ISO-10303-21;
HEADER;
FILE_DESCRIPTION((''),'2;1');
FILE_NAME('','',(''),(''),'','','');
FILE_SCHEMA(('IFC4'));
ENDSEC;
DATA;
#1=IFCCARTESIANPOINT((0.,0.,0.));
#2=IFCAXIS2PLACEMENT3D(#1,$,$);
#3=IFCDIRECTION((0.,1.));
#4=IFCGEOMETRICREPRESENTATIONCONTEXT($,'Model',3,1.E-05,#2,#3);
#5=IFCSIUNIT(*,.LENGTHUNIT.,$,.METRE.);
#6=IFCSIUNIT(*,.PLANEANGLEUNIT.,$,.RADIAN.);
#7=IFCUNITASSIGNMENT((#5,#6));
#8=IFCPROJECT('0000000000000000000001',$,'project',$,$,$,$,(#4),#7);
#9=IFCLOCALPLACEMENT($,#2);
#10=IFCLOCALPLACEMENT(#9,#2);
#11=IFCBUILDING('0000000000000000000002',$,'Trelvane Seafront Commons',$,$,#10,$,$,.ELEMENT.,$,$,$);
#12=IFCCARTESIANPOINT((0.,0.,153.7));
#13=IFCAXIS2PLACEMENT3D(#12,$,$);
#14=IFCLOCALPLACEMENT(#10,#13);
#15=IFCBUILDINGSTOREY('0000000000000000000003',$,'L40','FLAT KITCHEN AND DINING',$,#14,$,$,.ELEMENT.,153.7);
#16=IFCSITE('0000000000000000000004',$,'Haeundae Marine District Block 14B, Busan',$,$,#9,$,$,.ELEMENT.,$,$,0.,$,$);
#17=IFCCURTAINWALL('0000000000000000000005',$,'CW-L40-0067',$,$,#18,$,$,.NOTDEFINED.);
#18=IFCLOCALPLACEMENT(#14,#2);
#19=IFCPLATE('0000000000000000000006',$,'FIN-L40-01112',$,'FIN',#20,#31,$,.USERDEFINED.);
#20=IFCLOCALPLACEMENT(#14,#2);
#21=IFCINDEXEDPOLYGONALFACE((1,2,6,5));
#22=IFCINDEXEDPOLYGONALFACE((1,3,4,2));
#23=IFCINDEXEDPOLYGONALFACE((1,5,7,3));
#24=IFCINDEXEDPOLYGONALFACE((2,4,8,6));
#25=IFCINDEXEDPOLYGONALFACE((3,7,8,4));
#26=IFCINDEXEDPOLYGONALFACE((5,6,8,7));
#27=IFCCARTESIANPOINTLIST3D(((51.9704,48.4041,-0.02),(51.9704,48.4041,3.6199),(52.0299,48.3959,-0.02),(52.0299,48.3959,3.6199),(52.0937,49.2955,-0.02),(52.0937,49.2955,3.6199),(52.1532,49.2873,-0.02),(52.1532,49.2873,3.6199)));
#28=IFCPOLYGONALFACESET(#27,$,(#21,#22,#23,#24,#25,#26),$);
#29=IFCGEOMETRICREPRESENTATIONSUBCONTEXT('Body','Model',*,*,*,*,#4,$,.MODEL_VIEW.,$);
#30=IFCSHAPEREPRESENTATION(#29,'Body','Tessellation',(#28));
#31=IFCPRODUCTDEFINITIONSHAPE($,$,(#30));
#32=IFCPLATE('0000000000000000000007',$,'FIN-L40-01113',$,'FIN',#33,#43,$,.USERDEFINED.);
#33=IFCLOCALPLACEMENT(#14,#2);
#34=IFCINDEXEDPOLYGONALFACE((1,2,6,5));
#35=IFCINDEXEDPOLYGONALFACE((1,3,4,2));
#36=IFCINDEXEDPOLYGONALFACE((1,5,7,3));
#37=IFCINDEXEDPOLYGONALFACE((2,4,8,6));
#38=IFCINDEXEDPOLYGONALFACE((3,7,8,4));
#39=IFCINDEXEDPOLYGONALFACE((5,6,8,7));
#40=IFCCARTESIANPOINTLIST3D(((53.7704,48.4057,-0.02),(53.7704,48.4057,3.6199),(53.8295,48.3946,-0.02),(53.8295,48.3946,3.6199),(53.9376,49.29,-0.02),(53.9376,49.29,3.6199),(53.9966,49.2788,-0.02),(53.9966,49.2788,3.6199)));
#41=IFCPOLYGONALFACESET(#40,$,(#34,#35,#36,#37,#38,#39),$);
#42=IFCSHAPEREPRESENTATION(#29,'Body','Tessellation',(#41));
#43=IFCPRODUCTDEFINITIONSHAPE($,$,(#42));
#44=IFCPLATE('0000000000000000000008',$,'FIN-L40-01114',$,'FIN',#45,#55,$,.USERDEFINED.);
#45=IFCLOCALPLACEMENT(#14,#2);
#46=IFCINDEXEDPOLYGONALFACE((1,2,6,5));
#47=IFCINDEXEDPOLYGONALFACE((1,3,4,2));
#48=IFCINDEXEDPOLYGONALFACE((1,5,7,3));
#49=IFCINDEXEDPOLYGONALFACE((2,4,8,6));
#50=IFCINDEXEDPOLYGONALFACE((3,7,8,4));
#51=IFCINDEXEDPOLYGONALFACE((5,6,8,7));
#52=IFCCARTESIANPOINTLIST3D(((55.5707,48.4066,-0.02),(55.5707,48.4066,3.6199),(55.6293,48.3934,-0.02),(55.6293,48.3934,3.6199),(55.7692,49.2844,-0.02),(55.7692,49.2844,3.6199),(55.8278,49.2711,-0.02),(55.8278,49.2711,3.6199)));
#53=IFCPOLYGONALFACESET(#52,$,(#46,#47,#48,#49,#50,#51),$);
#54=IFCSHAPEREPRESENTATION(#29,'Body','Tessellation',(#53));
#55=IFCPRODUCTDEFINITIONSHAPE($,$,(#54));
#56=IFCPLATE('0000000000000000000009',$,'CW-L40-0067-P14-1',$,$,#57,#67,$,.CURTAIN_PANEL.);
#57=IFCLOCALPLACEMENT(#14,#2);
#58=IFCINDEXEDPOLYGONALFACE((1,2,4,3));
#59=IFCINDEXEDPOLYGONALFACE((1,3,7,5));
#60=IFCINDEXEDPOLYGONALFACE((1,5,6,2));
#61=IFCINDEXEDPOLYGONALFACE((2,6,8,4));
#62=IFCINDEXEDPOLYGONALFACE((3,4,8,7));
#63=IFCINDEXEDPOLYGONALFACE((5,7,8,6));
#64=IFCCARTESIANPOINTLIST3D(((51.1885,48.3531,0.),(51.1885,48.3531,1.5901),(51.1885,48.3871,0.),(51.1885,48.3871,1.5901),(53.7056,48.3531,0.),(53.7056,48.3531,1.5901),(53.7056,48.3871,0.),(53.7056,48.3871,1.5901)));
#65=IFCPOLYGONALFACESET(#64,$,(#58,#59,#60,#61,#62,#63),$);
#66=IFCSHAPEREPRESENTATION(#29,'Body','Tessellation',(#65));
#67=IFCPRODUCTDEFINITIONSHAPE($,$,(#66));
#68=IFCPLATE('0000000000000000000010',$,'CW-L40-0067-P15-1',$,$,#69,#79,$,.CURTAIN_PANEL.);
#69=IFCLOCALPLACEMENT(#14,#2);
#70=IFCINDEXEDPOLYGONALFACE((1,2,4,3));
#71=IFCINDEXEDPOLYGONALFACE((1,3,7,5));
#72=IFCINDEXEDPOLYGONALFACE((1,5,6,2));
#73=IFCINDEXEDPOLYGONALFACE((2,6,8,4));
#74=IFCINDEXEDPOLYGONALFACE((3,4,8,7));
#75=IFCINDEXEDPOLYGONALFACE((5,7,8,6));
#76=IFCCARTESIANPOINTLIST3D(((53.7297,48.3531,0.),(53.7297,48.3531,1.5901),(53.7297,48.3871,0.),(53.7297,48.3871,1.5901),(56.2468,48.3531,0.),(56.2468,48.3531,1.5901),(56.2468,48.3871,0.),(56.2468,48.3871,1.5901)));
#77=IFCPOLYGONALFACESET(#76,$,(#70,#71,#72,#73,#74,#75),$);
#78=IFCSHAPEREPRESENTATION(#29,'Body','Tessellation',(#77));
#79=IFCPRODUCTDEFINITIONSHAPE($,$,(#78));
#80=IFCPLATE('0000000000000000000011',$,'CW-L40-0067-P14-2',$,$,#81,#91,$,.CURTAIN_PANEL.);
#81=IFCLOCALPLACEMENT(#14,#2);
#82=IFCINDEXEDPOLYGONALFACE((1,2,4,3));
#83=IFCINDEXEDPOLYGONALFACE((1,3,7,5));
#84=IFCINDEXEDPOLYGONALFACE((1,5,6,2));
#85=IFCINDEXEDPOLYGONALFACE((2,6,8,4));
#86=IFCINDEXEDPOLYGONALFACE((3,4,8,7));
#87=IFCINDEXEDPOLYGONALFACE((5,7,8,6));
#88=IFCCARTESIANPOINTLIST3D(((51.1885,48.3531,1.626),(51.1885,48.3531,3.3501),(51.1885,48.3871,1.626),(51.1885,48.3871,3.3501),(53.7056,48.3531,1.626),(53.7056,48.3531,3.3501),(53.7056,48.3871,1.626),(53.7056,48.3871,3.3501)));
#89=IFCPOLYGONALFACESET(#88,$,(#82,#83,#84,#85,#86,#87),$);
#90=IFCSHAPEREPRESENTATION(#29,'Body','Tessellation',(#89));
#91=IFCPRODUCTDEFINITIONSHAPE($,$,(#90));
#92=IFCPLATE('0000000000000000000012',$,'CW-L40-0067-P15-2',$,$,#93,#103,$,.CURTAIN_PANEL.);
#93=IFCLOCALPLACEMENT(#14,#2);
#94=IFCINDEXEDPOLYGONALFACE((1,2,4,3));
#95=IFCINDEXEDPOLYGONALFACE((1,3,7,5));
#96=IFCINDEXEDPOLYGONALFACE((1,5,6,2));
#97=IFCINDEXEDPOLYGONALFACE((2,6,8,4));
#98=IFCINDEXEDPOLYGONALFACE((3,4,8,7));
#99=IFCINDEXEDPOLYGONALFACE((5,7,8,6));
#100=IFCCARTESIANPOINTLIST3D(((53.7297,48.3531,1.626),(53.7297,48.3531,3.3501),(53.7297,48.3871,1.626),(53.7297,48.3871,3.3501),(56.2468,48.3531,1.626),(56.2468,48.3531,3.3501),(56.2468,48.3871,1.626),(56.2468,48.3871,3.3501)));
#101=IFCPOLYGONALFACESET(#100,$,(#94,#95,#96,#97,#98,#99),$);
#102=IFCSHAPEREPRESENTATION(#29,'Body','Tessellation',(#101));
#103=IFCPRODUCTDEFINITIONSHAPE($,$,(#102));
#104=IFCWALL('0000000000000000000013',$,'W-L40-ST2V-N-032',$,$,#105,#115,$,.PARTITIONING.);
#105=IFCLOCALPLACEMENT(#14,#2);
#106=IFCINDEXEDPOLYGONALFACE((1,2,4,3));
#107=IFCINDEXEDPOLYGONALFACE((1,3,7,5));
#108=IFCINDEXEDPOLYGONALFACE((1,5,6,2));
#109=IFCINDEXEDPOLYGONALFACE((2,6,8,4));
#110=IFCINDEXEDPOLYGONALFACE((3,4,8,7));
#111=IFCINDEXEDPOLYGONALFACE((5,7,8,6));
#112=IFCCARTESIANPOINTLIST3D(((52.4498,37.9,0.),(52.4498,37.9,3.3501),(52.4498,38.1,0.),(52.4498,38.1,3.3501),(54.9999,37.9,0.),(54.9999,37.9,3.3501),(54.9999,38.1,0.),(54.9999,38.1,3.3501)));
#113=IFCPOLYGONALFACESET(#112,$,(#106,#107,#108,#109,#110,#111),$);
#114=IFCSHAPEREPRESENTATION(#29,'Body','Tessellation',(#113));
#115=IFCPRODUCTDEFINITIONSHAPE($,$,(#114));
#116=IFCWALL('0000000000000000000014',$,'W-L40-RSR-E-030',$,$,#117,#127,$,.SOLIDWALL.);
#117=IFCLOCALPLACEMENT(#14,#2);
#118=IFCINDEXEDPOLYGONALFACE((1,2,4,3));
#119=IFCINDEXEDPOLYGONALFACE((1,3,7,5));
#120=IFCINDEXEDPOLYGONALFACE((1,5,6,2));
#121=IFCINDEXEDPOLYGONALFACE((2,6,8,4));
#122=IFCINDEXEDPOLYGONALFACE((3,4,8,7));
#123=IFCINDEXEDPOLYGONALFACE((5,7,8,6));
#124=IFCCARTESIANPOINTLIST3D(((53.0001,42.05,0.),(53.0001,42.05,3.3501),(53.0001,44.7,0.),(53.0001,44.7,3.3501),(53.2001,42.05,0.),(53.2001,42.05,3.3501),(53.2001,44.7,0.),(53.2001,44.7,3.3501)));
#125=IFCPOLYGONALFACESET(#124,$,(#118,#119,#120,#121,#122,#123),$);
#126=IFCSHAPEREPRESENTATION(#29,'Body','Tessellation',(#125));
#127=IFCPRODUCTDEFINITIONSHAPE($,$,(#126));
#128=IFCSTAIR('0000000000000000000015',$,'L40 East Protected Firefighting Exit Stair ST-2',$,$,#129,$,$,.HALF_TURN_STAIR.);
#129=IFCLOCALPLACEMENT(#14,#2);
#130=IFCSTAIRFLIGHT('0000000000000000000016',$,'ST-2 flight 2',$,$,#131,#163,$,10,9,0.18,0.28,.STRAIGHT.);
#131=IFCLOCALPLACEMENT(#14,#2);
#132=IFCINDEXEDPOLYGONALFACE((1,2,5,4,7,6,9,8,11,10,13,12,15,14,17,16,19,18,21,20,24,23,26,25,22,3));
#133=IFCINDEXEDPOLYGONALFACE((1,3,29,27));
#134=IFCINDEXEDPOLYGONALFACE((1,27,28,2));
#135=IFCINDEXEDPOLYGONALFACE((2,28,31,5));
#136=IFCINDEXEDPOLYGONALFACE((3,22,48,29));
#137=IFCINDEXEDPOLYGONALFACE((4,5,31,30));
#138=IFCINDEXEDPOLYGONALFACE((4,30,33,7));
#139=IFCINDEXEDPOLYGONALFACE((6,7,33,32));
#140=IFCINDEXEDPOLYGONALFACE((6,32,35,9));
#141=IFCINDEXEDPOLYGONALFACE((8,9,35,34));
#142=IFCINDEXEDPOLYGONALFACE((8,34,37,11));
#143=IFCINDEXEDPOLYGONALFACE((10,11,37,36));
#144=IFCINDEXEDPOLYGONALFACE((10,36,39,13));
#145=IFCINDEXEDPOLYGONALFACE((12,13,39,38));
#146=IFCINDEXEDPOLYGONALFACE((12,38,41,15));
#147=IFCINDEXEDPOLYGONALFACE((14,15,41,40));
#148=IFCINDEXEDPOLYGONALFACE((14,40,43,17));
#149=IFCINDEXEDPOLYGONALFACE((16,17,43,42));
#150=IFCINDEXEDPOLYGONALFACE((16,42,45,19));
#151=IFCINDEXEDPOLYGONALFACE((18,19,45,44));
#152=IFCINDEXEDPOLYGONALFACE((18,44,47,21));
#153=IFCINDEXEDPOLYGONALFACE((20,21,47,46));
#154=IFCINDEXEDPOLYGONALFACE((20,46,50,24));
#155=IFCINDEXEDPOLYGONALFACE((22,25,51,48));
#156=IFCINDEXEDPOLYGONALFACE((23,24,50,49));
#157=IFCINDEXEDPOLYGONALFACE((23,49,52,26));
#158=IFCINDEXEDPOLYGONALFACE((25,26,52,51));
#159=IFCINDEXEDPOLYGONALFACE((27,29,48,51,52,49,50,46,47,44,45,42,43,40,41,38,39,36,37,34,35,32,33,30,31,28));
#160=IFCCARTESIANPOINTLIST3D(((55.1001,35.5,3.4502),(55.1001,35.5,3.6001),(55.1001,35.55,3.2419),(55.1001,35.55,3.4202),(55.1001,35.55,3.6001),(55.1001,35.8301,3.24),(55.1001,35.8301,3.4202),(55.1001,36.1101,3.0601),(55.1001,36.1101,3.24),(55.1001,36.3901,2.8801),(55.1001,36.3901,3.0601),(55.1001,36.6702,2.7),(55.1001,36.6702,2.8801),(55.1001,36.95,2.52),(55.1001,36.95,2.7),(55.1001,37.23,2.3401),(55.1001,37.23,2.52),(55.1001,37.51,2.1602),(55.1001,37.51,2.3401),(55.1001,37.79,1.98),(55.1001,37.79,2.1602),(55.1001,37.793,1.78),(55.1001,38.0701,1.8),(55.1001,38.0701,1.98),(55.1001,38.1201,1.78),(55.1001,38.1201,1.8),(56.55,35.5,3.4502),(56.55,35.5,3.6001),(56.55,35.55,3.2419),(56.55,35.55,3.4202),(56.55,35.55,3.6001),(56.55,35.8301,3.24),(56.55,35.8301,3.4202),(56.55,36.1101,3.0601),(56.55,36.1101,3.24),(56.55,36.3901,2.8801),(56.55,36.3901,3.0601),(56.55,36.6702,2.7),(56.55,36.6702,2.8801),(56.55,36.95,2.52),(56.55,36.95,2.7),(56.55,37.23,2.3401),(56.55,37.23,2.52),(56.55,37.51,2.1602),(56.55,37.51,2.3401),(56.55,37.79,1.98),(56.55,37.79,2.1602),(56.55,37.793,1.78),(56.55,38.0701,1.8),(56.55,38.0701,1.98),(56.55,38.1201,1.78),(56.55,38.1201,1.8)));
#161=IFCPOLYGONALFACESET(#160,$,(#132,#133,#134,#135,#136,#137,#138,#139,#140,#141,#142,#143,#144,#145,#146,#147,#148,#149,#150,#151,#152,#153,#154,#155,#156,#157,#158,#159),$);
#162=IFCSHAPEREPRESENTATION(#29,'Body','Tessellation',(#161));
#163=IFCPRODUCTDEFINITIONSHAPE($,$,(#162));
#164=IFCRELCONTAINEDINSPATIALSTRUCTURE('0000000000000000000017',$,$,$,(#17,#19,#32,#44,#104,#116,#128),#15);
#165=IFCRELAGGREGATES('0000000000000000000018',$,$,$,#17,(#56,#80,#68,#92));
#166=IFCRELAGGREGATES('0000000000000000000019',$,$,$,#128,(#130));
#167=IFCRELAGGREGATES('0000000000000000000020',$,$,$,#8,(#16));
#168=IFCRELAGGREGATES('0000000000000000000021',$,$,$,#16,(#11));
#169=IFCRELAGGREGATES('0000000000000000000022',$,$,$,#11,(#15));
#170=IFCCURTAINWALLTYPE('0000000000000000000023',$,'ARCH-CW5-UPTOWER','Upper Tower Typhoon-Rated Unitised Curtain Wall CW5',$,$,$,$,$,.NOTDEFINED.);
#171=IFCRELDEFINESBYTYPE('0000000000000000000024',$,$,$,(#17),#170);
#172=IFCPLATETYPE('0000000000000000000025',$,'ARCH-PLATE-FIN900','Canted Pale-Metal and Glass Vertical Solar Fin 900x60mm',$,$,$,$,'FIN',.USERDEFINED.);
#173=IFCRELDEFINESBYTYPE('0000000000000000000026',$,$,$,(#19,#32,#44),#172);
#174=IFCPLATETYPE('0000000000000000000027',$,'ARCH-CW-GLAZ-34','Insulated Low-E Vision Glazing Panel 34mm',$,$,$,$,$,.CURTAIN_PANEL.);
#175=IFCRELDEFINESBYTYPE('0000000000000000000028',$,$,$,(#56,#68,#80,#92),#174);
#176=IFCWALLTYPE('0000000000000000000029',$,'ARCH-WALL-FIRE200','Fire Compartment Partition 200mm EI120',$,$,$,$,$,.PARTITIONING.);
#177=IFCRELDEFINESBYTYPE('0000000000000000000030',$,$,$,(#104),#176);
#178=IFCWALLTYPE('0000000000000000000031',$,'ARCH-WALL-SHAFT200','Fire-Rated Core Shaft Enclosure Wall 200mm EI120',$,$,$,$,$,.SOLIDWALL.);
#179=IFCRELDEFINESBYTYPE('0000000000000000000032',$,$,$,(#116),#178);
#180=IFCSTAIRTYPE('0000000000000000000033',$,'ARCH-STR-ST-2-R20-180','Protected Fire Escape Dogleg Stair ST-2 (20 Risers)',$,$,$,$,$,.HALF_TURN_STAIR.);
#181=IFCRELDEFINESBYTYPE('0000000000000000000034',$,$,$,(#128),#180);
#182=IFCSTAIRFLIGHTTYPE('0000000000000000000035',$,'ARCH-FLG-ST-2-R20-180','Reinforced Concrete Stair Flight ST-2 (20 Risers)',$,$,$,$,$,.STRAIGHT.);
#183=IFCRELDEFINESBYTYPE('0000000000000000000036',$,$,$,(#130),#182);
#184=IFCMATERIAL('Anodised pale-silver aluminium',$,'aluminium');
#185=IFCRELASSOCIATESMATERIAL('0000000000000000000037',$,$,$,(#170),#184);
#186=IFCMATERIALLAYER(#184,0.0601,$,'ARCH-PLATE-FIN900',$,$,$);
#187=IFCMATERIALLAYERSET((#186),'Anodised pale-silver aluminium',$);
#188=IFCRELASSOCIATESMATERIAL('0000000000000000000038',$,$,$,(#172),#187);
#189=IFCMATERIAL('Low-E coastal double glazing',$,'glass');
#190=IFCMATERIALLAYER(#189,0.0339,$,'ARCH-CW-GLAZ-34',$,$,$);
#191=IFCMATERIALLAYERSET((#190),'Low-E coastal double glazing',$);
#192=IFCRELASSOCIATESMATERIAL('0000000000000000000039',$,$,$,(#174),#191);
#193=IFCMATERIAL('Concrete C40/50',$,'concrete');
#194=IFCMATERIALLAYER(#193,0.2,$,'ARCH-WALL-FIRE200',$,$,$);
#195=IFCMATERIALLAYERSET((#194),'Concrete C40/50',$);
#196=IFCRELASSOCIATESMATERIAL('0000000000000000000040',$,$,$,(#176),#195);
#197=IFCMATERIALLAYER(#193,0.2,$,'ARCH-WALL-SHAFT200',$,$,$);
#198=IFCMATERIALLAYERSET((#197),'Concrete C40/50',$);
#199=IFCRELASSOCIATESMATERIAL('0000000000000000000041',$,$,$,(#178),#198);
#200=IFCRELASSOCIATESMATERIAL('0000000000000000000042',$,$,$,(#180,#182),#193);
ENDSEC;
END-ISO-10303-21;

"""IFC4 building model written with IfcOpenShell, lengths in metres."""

from ifc_helpers import new_model, si_unit, direction, frame, frame_2d, origin, origin_2d, place, context, subcontext, project, spatial, polyline, rectangle, outline, extrude, source, transform, mapped, material, layer, layer_set, type_object, element, aggregate, save


model = new_model("IFC4")

# Units and contexts
model_context = context("Model", 3, precision=1e-05, world=origin(), true_north=direction((0.0, 1.0)))
body_context = subcontext(model_context, "Body", "Model", "MODEL_VIEW")
ifc_project = project(units=[si_unit("LENGTHUNIT", "METRE"), si_unit("PLANEANGLEUNIT", "RADIAN")], contexts=[model_context])

# Site, building, storey
site_placement = place(None, origin())
site = spatial("IfcSite", under=ifc_project, at=site_placement, Name="Haeundae Marine District Block 14B, Busan", CompositionType="ELEMENT", RefElevation=0.0)
building_placement = place(site_placement, origin())
building = spatial("IfcBuilding", under=site, at=building_placement, Name="Trelvane Seafront Commons", CompositionType="ELEMENT")
storey_placement = place(building_placement, frame((0.0, 0.0, 153.7)))
storey = spatial("IfcBuildingStorey", under=building, at=storey_placement, Name="L40", Description="FLAT KITCHEN AND DINING", CompositionType="ELEMENT", Elevation=153.7)

# Curtain wall
ifc_material_1 = material(Name="Anodised pale-silver aluminium", Category="aluminium")
curtain_wall_type = type_object("IfcCurtainWallType", Name="ARCH-CW5-UPTOWER", Description="Upper Tower Typhoon-Rated Unitised Curtain Wall CW5", PredefinedType="NOTDEFINED", material=ifc_material_1)
curtain_wall_placement = place(storey_placement, origin())
curtain_wall = element("IfcCurtainWall", 1, at=curtain_wall_placement, inside=storey, type_object=curtain_wall_type, Name="CW-L40-0067", PredefinedType="NOTDEFINED")

# Plates
ifc_layer_1 = layer(ifc_material_1, 0.0601, Name="ARCH-PLATE-FIN900")
ifc_layer_set_1 = layer_set([ifc_layer_1], Name="Anodised pale-silver aluminium")
plate_type_1 = type_object("IfcPlateType", Name="ARCH-PLATE-FIN900", Description="Canted Pale-Metal and Glass Vertical Solar Fin 900x60mm", ElementType="FIN", PredefinedType="USERDEFINED", material=ifc_layer_set_1)
shared_shape_1 = source(origin(), body_context, "Body", "SweptSolid", [
    extrude(rectangle(XDim=0.8999, YDim=0.0601, at=origin_2d()), origin(), (0.0, 0.0, 1.0), 3.6399),
])
for number, where, z_axis, x_axis, name in (
    (2, (52.0618, 48.8457, -0.02), (0.0, 0.0, 1.0), (0.137002, 0.990571, 0.0), "FIN-L40-01112"),
    (3, (53.8835, 48.8423, -0.02), (0.0, 0.0, 1.0), (0.185785, 0.98259, 0.0), "FIN-L40-01113"),
    (4, (55.6992, 48.8389, -0.02), (0.0, 0.0, 1.0), (0.220565, 0.975372, 0.0), "FIN-L40-01114"),
):
    element("IfcPlate", number, at=place(storey_placement, frame(where, z_axis=z_axis, x_axis=x_axis)), inside=storey, type_object=plate_type_1, Name=name, ObjectType="FIN", PredefinedType="USERDEFINED", context=body_context, shape_type="MappedRepresentation", body=[
        mapped(shared_shape_1, transform((0.0, 0.0, 0.0), x_axis=(1.0, 0.0, 0.0), y_axis=(0.0, 1.0, 0.0), z_axis=(0.0, 0.0, 1.0), scale=1.0)),
    ])

# Plates
ifc_material_2 = material(Name="Low-E coastal double glazing", Category="glass")
ifc_layer_2 = layer(ifc_material_2, 0.0339, Name="ARCH-CW-GLAZ-34")
ifc_layer_set_2 = layer_set([ifc_layer_2], Name="Low-E coastal double glazing")
plate_type_2 = type_object("IfcPlateType", Name="ARCH-CW-GLAZ-34", Description="Insulated Low-E Vision Glazing Panel 34mm", PredefinedType="CURTAIN_PANEL", material=ifc_layer_set_2)
shared_shape_2 = source(origin(), body_context, "Body", "SweptSolid", [
    extrude(rectangle(XDim=2.5171, YDim=0.0339, at=origin_2d()), origin(), (0.0, 0.0, 1.0), 1.5901),
])
plate_1_placement = place(storey_placement, frame((52.447, 48.3701, 0.0), z_axis=(0.0, 0.0, 1.0), x_axis=(1.0, 0.0, 0.0)))
plate_1 = element("IfcPlate", 5, at=plate_1_placement, type_object=plate_type_2, Name="CW-L40-0067-P14-1", PredefinedType="CURTAIN_PANEL", context=body_context, shape_type="MappedRepresentation", body=[
    mapped(shared_shape_2, transform((0.0, 0.0, 0.0), x_axis=(1.0, 0.0, 0.0), y_axis=(0.0, 1.0, 0.0), z_axis=(0.0, 0.0, 1.0), scale=1.0)),
])
plate_2_placement = place(storey_placement, frame((54.9883, 48.3701, 0.0), z_axis=(0.0, 0.0, 1.0), x_axis=(1.0, 0.0, 0.0)))
plate_2 = element("IfcPlate", 6, at=plate_2_placement, type_object=plate_type_2, Name="CW-L40-0067-P15-1", PredefinedType="CURTAIN_PANEL", context=body_context, shape_type="MappedRepresentation", body=[
    mapped(shared_shape_2, transform((0.0, 0.0, 0.0), x_axis=(1.0, 0.0, 0.0), y_axis=(0.0, 1.0, 0.0), z_axis=(0.0, 0.0, 1.0), scale=1.0)),
])
shared_shape_3 = source(origin(), body_context, "Body", "SweptSolid", [
    extrude(rectangle(XDim=2.5171, YDim=0.0339, at=origin_2d()), origin(), (0.0, 0.0, 1.0), 1.7241),
])
plate_3_placement = place(storey_placement, frame((52.447, 48.3701, 1.626), z_axis=(0.0, 0.0, 1.0), x_axis=(1.0, 0.0, 0.0)))
plate_3 = element("IfcPlate", 7, at=plate_3_placement, type_object=plate_type_2, Name="CW-L40-0067-P14-2", PredefinedType="CURTAIN_PANEL", context=body_context, shape_type="MappedRepresentation", body=[
    mapped(shared_shape_3, transform((0.0, 0.0, 0.0), x_axis=(1.0, 0.0, 0.0), y_axis=(0.0, 1.0, 0.0), z_axis=(0.0, 0.0, 1.0), scale=1.0)),
])
plate_4_placement = place(storey_placement, frame((54.9883, 48.3701, 1.626), z_axis=(0.0, 0.0, 1.0), x_axis=(1.0, 0.0, 0.0)))
plate_4 = element("IfcPlate", 8, at=plate_4_placement, type_object=plate_type_2, Name="CW-L40-0067-P15-2", PredefinedType="CURTAIN_PANEL", context=body_context, shape_type="MappedRepresentation", body=[
    mapped(shared_shape_3, transform((0.0, 0.0, 0.0), x_axis=(1.0, 0.0, 0.0), y_axis=(0.0, 1.0, 0.0), z_axis=(0.0, 0.0, 1.0), scale=1.0)),
])
aggregate(curtain_wall, [plate_1, plate_3, plate_2, plate_4])

# Walls
ifc_material_3 = material(Name="Concrete C40/50", Category="concrete")
ifc_layer_3 = layer(ifc_material_3, 0.2, Name="ARCH-WALL-FIRE200")
ifc_layer_set_3 = layer_set([ifc_layer_3], Name="Concrete C40/50")
wall_type_1 = type_object("IfcWallType", Name="ARCH-WALL-FIRE200", Description="Fire Compartment Partition 200mm EI120", PredefinedType="PARTITIONING", material=ifc_layer_set_3)
wall_1_placement = place(storey_placement, frame((52.45, 38.0, 0.0), z_axis=(0.0, 0.0, 1.0), x_axis=(1.0, 0.0, 0.0)))
element("IfcWall", 9, at=wall_1_placement, inside=storey, type_object=wall_type_1, Name="W-L40-ST2V-N-032", PredefinedType="PARTITIONING", context=body_context, shape_type="SweptSolid", body=[
    extrude(rectangle(XDim=2.55, YDim=0.2, at=frame_2d((1.2749, 0.0))), origin(), (0.0, 0.0, 1.0), 3.3501),
])
ifc_layer_4 = layer(ifc_material_3, 0.2, Name="ARCH-WALL-SHAFT200")
ifc_layer_set_4 = layer_set([ifc_layer_4], Name="Concrete C40/50")
wall_type_2 = type_object("IfcWallType", Name="ARCH-WALL-SHAFT200", Description="Fire-Rated Core Shaft Enclosure Wall 200mm EI120", PredefinedType="SOLIDWALL", material=ifc_layer_set_4)
wall_2_placement = place(storey_placement, frame((53.1001, 42.05, 0.0), z_axis=(0.0, 0.0, 1.0), x_axis=(0.0, 1.0, 0.0)))
element("IfcWall", 10, at=wall_2_placement, inside=storey, type_object=wall_type_2, Name="W-L40-RSR-E-030", PredefinedType="SOLIDWALL", context=body_context, shape_type="SweptSolid", body=[
    extrude(rectangle(XDim=2.6499, YDim=0.2, at=frame_2d((1.325, 0.0))), origin(), (0.0, 0.0, 1.0), 3.3501),
])

# Stair, stair flight
stair_type = type_object("IfcStairType", Name="ARCH-STR-ST-2-R20-180", Description="Protected Fire Escape Dogleg Stair ST-2 (20 Risers)", PredefinedType="HALF_TURN_STAIR", material=ifc_material_3)
stair_placement = place(storey_placement, origin())
stair = element("IfcStair", 11, at=stair_placement, inside=storey, type_object=stair_type, Name="L40 East Protected Firefighting Exit Stair ST-2", PredefinedType="HALF_TURN_STAIR")
stair_flight_type = type_object("IfcStairFlightType", Name="ARCH-FLG-ST-2-R20-180", Description="Reinforced Concrete Stair Flight ST-2 (20 Risers)", PredefinedType="STRAIGHT", material=ifc_material_3)
shared_shape_4 = source(origin(), body_context, "Body", "SweptSolid", [
    extrude(outline(polyline([(-0.05, -0.02), (-0.05, 0.0), (0.0, 0.0), (0.0, 0.1799), (0.28, 0.1799), (0.28, 0.3601), (0.5601, 0.3601), (0.5601, 0.54), (0.8401, 0.54), (0.8401, 0.72), (1.1201, 0.72), (1.1201, 0.8999), (1.3999, 0.8999), (1.3999, 1.0801), (1.6799, 1.0801), (1.6799, 1.26), (1.96, 1.26), (1.96, 1.4399), (2.24, 1.4399), (2.24, 1.6201), (2.52, 1.6201), (2.52, 1.8), (2.5701, 1.8), (2.5701, 1.6501), (2.52, 1.4419), (0.2771, -0.02), (-0.05, -0.02)])), frame((0.0, 0.7251, 0.0), z_axis=(0.0, -1.0, 0.0), x_axis=(1.0, 0.0, 0.0)), (0.0, 0.0, 1.0), 1.45),
])
stair_flight_placement = place(storey_placement, frame((55.825, 38.0701, 1.8), z_axis=(0.0, 0.0, 1.0), x_axis=(0.0, -1.0, 0.0)))
stair_flight = element("IfcStairFlight", 12, at=stair_flight_placement, type_object=stair_flight_type, Name="ST-2 flight 2", NumberOfRisers=10, NumberOfTreads=9, PredefinedType="STRAIGHT", RiserHeight=0.18, TreadLength=0.28, context=body_context, shape_type="MappedRepresentation", body=[
    mapped(shared_shape_4, transform((0.0, 0.0, 0.0), x_axis=(1.0, 0.0, 0.0), y_axis=(0.0, 1.0, 0.0), z_axis=(0.0, 0.0, 1.0), scale=1.0)),
])
aggregate(stair, [stair_flight])

save(model, "model.ifc")
